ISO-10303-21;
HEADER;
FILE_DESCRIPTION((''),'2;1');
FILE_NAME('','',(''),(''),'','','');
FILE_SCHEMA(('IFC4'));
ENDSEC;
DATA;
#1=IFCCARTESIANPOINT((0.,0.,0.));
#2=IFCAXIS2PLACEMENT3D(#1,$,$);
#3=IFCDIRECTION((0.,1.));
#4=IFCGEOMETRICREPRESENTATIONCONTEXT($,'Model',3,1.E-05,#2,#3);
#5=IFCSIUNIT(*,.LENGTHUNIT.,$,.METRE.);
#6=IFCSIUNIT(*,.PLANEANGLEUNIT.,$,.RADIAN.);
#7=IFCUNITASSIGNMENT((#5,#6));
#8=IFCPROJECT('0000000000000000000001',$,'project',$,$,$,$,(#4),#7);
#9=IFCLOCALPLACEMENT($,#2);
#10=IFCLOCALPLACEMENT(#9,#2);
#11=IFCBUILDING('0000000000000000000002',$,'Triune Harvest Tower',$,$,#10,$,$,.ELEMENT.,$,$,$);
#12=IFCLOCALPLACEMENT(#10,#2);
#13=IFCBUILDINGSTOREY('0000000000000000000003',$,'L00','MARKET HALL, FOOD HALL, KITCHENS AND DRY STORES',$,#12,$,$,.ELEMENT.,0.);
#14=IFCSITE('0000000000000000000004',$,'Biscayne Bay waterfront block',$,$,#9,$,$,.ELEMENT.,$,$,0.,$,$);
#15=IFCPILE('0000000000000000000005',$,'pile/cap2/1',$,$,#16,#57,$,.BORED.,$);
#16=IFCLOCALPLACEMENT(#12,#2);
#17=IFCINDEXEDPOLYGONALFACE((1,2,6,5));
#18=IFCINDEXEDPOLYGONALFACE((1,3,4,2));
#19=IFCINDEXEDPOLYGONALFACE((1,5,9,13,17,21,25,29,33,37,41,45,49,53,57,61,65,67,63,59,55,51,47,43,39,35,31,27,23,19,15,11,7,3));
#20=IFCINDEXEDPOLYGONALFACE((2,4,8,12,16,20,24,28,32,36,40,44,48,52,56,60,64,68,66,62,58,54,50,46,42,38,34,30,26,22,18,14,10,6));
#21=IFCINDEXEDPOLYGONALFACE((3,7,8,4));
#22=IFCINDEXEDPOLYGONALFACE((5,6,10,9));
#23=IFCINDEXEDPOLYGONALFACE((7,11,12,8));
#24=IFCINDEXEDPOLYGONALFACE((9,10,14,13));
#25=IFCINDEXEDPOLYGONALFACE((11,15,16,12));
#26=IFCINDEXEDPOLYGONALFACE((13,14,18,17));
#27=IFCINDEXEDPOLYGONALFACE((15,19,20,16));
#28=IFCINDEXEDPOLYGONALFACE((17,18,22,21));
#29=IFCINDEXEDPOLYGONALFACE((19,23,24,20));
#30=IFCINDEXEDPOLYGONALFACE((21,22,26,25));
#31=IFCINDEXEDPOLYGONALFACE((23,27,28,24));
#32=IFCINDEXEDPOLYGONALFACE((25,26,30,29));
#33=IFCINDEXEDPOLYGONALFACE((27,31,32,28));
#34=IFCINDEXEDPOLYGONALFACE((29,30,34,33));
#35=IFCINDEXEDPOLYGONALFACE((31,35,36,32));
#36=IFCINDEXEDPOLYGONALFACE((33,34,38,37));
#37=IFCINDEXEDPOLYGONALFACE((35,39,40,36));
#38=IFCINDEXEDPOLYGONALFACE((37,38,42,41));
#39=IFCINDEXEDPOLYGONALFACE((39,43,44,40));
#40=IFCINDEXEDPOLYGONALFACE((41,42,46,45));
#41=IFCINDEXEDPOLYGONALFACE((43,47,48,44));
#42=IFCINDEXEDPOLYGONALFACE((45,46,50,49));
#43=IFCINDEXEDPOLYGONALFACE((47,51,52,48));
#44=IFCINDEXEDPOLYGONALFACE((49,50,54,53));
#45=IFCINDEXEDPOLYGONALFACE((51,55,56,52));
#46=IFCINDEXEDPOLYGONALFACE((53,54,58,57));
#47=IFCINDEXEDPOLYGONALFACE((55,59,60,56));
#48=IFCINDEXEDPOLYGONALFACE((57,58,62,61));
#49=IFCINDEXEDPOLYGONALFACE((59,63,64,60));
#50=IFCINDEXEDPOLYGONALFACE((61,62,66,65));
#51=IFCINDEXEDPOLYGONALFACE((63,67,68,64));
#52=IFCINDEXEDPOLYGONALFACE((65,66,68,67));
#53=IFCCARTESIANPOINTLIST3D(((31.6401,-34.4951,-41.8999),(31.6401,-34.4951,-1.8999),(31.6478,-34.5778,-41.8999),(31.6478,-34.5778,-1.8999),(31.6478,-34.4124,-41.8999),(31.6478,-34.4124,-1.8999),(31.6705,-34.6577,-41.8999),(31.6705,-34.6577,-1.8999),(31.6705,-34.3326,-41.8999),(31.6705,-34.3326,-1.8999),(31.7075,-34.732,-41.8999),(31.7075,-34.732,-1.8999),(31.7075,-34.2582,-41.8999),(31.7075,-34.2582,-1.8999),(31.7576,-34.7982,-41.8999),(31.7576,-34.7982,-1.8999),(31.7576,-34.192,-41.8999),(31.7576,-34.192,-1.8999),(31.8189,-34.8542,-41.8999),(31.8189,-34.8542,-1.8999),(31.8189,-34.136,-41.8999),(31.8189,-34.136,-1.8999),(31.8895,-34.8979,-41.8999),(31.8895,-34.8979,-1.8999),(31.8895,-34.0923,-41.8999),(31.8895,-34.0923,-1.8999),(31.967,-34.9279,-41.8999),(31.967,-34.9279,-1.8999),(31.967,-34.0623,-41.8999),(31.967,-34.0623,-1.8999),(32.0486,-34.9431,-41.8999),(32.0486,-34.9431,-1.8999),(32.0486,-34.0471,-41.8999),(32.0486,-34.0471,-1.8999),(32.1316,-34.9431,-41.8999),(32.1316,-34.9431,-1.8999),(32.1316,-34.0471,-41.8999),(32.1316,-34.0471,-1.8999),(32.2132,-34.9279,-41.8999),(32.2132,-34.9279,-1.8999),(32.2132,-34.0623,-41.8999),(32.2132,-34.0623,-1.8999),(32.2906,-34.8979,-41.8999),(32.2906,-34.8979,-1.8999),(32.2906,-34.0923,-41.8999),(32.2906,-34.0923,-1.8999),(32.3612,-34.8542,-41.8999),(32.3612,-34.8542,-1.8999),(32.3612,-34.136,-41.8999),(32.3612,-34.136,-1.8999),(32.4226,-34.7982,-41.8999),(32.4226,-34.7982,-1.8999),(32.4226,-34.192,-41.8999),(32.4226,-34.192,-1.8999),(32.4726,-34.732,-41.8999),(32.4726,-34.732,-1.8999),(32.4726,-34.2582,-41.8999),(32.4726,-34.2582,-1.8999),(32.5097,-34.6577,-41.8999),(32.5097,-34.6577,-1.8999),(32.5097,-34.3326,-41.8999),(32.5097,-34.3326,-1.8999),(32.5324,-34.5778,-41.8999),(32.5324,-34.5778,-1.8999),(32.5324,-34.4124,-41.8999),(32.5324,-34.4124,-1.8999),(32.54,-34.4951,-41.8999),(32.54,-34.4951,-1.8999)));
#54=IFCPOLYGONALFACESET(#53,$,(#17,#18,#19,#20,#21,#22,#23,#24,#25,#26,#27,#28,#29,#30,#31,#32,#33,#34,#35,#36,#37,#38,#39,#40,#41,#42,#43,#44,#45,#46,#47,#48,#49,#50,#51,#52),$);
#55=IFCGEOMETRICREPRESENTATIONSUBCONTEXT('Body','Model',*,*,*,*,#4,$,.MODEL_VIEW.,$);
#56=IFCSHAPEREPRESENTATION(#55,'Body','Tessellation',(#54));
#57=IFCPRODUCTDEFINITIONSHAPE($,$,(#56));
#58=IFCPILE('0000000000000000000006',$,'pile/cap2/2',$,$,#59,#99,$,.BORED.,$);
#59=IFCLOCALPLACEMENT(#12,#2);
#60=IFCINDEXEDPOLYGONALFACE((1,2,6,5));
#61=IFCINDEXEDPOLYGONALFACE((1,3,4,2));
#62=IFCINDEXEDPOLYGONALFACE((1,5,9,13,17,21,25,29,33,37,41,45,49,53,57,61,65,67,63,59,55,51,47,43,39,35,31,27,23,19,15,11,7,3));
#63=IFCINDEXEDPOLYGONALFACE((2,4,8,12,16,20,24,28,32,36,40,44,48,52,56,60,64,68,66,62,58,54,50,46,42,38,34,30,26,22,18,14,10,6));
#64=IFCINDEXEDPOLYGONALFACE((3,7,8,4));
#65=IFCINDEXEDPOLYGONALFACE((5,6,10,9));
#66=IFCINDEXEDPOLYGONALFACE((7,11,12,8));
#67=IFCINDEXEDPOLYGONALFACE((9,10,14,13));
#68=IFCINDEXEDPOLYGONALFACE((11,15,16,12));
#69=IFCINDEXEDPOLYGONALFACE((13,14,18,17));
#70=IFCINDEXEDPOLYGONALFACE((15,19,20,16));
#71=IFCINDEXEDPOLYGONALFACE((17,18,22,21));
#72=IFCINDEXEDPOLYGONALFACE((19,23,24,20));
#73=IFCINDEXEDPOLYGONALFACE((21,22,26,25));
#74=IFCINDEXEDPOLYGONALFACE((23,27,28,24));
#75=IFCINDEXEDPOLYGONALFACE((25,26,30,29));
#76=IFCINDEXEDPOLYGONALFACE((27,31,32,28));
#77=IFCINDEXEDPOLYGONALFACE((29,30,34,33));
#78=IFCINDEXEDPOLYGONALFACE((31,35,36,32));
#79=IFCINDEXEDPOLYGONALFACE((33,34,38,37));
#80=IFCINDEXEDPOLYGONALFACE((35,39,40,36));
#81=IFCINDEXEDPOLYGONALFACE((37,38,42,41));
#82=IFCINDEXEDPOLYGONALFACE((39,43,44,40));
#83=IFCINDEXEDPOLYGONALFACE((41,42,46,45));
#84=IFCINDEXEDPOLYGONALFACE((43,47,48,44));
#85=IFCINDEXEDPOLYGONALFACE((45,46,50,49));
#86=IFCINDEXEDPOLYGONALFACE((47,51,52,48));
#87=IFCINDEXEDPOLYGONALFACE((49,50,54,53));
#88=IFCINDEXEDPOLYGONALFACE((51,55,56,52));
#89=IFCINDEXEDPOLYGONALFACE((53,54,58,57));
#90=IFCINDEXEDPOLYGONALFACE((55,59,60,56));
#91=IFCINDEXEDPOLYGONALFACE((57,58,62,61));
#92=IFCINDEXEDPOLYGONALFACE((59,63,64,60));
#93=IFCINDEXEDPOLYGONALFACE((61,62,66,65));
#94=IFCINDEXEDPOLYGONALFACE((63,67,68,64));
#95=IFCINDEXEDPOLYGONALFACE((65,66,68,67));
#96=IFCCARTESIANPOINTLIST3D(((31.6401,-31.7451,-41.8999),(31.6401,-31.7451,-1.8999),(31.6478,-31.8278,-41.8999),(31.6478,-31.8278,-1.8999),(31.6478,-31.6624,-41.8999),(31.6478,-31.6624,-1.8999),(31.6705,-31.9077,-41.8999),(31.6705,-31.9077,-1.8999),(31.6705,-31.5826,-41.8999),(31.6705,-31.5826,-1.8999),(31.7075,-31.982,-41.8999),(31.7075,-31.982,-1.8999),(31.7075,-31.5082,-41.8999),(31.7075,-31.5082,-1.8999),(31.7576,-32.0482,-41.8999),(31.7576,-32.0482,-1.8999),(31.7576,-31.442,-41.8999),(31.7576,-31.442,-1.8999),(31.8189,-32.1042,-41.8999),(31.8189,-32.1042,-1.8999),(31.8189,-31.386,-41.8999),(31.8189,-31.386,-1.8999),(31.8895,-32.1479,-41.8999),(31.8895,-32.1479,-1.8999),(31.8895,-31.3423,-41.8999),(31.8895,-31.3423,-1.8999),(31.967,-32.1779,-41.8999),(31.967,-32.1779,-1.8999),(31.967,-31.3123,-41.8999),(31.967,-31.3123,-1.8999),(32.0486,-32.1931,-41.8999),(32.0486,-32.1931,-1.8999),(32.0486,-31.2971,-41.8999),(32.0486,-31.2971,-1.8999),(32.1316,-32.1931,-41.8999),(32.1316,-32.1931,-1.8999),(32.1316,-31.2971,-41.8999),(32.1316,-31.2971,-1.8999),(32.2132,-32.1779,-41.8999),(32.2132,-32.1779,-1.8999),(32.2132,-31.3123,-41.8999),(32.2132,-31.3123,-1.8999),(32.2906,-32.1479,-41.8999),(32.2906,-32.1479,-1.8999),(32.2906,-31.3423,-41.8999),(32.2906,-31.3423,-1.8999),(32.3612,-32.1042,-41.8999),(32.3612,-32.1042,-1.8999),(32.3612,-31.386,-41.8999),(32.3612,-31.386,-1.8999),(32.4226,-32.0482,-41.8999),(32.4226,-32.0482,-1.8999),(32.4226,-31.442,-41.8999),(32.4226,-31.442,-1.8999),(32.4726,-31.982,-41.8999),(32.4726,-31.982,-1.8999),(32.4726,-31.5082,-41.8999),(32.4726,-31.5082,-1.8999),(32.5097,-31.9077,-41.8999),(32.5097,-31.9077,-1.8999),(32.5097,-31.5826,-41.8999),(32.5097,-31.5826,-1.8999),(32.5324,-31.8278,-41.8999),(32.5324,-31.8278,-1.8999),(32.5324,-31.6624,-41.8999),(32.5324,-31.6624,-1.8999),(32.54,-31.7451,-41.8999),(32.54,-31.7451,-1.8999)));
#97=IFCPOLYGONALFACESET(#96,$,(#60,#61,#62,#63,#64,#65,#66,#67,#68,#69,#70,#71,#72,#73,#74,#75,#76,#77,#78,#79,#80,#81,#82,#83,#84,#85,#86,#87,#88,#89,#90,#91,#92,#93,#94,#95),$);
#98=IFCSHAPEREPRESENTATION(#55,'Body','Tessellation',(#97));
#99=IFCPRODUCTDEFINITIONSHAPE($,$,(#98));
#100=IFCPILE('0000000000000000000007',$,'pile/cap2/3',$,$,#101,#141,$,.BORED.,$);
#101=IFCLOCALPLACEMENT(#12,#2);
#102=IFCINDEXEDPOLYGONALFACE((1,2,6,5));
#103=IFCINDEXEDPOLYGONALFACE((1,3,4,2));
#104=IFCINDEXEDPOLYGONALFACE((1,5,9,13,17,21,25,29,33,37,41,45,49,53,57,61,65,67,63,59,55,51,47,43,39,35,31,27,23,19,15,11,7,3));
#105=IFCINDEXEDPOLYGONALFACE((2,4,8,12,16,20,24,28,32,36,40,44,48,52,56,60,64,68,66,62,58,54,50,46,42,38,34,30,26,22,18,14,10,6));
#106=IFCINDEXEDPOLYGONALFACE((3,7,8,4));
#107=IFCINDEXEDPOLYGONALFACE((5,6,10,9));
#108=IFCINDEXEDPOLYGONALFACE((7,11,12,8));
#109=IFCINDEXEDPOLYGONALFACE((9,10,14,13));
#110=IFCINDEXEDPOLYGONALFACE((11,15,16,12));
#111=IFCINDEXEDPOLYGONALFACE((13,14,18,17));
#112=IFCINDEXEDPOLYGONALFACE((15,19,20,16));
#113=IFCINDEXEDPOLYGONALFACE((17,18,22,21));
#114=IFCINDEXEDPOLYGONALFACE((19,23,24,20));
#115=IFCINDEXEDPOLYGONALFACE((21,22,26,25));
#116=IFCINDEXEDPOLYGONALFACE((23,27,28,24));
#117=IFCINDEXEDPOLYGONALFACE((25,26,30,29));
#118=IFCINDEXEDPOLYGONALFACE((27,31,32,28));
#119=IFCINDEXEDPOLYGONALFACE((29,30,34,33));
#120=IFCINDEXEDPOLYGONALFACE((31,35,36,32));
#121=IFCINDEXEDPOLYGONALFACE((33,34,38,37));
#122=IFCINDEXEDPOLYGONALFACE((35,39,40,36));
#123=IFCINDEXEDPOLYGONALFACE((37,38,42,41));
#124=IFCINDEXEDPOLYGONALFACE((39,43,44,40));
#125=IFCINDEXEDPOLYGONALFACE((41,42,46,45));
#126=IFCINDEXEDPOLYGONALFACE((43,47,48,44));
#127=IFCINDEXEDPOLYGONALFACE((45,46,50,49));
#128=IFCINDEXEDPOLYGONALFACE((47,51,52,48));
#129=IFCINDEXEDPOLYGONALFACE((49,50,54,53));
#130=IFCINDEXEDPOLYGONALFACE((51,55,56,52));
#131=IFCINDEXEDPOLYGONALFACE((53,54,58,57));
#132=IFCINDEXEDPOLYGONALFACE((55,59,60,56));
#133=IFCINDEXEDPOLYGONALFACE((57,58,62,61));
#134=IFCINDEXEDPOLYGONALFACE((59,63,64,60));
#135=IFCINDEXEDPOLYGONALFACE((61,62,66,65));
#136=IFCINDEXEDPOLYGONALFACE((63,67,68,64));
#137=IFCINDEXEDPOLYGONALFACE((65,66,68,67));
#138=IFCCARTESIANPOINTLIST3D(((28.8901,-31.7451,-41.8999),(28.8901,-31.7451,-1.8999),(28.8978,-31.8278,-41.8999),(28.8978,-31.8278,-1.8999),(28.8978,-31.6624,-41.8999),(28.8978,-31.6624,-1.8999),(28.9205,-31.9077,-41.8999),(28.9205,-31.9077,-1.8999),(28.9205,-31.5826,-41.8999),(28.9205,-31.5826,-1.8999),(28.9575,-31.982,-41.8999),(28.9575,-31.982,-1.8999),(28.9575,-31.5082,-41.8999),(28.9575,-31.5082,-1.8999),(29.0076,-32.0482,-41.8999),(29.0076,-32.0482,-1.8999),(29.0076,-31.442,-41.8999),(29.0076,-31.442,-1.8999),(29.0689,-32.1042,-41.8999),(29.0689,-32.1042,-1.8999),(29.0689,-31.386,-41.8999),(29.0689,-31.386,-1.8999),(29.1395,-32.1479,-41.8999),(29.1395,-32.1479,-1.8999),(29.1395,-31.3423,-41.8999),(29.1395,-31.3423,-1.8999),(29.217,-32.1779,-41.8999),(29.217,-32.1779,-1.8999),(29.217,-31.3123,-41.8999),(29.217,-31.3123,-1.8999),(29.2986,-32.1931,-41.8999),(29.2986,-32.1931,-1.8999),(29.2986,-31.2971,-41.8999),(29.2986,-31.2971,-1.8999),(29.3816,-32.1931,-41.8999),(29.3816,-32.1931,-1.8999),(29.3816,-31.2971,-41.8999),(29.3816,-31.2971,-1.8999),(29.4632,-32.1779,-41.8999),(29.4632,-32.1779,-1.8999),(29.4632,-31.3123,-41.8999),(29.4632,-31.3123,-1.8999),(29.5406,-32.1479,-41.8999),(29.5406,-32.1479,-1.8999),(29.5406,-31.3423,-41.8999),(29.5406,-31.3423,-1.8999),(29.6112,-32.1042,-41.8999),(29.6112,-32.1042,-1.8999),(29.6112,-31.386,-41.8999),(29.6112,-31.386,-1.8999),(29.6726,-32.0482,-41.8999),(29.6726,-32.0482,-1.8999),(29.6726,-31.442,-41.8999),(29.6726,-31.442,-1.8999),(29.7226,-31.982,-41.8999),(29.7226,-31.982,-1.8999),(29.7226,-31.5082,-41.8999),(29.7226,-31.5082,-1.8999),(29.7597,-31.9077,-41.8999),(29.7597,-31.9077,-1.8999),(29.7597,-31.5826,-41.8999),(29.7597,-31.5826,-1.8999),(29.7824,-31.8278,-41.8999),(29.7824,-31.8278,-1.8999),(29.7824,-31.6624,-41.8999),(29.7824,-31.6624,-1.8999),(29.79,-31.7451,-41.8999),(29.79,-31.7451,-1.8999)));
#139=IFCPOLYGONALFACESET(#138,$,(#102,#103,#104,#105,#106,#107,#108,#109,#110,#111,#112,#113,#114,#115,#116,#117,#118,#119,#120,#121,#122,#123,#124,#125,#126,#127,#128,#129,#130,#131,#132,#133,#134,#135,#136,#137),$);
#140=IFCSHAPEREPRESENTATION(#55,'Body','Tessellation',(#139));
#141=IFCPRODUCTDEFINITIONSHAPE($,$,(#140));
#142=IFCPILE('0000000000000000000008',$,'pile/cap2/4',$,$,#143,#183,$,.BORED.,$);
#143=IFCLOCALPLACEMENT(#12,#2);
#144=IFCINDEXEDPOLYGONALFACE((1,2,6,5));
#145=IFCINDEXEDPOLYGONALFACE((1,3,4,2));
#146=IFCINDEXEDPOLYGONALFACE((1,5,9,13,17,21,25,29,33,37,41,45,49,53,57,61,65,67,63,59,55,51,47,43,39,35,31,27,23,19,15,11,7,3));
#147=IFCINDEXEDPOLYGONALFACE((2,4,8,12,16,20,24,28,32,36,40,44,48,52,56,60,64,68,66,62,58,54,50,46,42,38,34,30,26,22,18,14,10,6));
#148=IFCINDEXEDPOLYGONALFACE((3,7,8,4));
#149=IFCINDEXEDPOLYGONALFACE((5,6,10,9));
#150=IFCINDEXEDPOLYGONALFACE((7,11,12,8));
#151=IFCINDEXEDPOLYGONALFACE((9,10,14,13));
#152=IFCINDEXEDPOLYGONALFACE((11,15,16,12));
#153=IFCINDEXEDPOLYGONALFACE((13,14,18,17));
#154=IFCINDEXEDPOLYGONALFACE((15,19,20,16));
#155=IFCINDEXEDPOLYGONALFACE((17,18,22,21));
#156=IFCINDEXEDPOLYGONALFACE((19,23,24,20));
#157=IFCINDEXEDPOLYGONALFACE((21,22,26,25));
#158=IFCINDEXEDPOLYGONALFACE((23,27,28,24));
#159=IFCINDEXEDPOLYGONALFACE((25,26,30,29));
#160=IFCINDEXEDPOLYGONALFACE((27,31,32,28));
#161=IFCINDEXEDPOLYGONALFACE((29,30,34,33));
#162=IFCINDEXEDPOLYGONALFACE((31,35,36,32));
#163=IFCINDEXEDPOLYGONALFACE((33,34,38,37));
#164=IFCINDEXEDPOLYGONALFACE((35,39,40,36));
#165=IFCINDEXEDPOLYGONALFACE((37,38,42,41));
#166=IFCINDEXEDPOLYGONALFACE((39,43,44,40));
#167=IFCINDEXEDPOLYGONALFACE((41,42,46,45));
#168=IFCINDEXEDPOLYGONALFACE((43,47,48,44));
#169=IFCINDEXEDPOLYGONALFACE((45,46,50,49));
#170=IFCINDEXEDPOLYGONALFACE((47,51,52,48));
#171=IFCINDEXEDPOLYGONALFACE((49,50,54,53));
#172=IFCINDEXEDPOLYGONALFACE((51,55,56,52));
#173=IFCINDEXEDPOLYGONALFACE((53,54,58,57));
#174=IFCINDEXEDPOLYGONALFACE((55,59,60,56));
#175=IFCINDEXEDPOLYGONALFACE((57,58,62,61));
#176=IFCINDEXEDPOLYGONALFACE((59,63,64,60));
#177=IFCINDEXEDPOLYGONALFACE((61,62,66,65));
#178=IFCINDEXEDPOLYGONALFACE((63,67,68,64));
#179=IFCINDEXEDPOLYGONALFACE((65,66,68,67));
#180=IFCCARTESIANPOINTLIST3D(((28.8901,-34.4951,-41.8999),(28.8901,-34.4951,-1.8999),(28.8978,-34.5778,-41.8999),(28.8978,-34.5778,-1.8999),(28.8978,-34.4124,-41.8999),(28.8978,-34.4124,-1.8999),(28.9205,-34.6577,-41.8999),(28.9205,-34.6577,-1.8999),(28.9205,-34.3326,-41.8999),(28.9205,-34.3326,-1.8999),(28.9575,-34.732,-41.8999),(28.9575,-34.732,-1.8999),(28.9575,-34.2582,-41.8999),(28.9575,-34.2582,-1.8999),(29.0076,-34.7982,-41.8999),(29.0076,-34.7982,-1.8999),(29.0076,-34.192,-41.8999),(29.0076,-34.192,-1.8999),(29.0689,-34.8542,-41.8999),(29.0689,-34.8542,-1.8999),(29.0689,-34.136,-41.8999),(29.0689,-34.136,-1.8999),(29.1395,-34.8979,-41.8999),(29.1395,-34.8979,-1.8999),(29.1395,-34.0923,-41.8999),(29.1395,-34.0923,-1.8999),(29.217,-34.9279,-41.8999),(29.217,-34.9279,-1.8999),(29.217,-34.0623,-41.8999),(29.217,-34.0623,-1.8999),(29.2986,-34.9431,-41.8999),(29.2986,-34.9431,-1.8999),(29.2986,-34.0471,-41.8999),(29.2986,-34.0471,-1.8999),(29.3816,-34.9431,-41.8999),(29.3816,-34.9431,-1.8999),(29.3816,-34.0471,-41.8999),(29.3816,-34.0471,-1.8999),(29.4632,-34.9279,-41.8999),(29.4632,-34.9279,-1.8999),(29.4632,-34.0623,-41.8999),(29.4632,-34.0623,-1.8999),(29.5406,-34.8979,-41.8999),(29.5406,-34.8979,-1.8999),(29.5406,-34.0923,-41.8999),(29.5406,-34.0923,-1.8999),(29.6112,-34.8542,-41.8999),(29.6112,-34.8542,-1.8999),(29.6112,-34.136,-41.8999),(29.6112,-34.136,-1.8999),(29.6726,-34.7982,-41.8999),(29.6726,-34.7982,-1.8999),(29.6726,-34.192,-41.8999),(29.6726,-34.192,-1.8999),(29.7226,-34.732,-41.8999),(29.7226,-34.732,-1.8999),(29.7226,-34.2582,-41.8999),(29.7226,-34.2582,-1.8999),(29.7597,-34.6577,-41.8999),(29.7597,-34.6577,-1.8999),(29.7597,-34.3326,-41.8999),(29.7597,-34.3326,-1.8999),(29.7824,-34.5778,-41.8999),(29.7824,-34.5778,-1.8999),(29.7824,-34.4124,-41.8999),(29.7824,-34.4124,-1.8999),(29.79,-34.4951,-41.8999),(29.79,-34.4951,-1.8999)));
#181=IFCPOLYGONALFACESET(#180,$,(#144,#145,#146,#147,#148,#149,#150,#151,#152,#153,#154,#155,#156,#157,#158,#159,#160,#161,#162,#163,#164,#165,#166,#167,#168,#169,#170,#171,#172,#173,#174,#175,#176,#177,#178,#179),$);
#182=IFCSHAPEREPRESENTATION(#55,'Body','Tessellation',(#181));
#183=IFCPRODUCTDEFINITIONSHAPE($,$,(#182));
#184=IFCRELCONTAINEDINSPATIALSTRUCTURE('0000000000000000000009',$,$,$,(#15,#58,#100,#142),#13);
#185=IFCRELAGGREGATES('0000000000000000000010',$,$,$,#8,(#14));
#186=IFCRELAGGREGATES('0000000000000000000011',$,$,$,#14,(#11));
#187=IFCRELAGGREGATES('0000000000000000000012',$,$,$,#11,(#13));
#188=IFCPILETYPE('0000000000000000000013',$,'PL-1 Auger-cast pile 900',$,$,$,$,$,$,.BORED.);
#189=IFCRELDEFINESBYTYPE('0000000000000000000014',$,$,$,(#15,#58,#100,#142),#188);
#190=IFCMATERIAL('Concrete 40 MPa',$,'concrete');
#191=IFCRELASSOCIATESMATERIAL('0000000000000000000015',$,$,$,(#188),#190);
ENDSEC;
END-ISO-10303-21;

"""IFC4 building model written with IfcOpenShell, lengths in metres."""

from ifc_helpers import new_model, si_unit, direction, frame, origin, origin_2d, place, context, subcontext, project, spatial, circle, extrude, source, transform, mapped, material, material_profile, profile_set, type_object, element, save


model = new_model("IFC4")

# Units and contexts
model_context = context("Model", 3, precision=1e-05, world=origin(), true_north=direction((0.0, 1.0)))
body_context = subcontext(model_context, "Body", "Model", "MODEL_VIEW")
ifc_project = project(units=[si_unit("LENGTHUNIT", "METRE"), si_unit("PLANEANGLEUNIT", "RADIAN")], contexts=[model_context])

# Site, building, storey
site_placement = place(None, origin())
site = spatial("IfcSite", under=ifc_project, at=site_placement, Name="Biscayne Bay waterfront block", CompositionType="ELEMENT", RefElevation=0.0)
building_placement = place(site_placement, origin())
building = spatial("IfcBuilding", under=site, at=building_placement, Name="Triune Harvest Tower", CompositionType="ELEMENT")
storey_placement = place(building_placement, origin())
storey = spatial("IfcBuildingStorey", under=building, at=storey_placement, Name="L00", Description="MARKET HALL, FOOD HALL, KITCHENS AND DRY STORES", CompositionType="ELEMENT", Elevation=0.0)

# Piles
ifc_material_1 = material(Name="Concrete 40 MPa", Category="concrete")
ifc_material_profile_1 = material_profile(ifc_material_1, circle(Radius=0.45, at=origin_2d()), Name="Bored 900")
ifc_profile_set_1 = profile_set([ifc_material_profile_1], Name="Concrete 40 MPa")
pile_type = type_object("IfcPileType", Name="PL-1 Auger-cast pile 900", PredefinedType="BORED", material=ifc_profile_set_1)
shared_shape_1 = source(origin(), body_context, "Body", "SweptSolid", [
    extrude(circle(Radius=0.45, at=origin_2d()), origin(), (0.0, 0.0, 1.0), 40.0),
])
for number, where, z_axis, x_axis, name in (
    (1, (32.0901, -34.4951, -1.8999), (0.0, 0.0, -1.0), (1.0, 0.0, 0.0), "pile/cap2/1"),
    (2, (32.0901, -31.7451, -1.8999), (0.0, 0.0, -1.0), (1.0, 0.0, 0.0), "pile/cap2/2"),
    (3, (29.3401, -31.7451, -1.8999), (0.0, 0.0, -1.0), (1.0, 0.0, 0.0), "pile/cap2/3"),
    (4, (29.3401, -34.4951, -1.8999), (0.0, 0.0, -1.0), (1.0, 0.0, 0.0), "pile/cap2/4"),
):
    element("IfcPile", number, at=place(storey_placement, frame(where, z_axis=z_axis, x_axis=x_axis)), inside=storey, type_object=pile_type, Name=name, PredefinedType="BORED", context=body_context, shape_type="MappedRepresentation", body=[
        mapped(shared_shape_1, transform((0.0, 0.0, 0.0), scale=1.0)),
    ])

save(model, "model.ifc")
